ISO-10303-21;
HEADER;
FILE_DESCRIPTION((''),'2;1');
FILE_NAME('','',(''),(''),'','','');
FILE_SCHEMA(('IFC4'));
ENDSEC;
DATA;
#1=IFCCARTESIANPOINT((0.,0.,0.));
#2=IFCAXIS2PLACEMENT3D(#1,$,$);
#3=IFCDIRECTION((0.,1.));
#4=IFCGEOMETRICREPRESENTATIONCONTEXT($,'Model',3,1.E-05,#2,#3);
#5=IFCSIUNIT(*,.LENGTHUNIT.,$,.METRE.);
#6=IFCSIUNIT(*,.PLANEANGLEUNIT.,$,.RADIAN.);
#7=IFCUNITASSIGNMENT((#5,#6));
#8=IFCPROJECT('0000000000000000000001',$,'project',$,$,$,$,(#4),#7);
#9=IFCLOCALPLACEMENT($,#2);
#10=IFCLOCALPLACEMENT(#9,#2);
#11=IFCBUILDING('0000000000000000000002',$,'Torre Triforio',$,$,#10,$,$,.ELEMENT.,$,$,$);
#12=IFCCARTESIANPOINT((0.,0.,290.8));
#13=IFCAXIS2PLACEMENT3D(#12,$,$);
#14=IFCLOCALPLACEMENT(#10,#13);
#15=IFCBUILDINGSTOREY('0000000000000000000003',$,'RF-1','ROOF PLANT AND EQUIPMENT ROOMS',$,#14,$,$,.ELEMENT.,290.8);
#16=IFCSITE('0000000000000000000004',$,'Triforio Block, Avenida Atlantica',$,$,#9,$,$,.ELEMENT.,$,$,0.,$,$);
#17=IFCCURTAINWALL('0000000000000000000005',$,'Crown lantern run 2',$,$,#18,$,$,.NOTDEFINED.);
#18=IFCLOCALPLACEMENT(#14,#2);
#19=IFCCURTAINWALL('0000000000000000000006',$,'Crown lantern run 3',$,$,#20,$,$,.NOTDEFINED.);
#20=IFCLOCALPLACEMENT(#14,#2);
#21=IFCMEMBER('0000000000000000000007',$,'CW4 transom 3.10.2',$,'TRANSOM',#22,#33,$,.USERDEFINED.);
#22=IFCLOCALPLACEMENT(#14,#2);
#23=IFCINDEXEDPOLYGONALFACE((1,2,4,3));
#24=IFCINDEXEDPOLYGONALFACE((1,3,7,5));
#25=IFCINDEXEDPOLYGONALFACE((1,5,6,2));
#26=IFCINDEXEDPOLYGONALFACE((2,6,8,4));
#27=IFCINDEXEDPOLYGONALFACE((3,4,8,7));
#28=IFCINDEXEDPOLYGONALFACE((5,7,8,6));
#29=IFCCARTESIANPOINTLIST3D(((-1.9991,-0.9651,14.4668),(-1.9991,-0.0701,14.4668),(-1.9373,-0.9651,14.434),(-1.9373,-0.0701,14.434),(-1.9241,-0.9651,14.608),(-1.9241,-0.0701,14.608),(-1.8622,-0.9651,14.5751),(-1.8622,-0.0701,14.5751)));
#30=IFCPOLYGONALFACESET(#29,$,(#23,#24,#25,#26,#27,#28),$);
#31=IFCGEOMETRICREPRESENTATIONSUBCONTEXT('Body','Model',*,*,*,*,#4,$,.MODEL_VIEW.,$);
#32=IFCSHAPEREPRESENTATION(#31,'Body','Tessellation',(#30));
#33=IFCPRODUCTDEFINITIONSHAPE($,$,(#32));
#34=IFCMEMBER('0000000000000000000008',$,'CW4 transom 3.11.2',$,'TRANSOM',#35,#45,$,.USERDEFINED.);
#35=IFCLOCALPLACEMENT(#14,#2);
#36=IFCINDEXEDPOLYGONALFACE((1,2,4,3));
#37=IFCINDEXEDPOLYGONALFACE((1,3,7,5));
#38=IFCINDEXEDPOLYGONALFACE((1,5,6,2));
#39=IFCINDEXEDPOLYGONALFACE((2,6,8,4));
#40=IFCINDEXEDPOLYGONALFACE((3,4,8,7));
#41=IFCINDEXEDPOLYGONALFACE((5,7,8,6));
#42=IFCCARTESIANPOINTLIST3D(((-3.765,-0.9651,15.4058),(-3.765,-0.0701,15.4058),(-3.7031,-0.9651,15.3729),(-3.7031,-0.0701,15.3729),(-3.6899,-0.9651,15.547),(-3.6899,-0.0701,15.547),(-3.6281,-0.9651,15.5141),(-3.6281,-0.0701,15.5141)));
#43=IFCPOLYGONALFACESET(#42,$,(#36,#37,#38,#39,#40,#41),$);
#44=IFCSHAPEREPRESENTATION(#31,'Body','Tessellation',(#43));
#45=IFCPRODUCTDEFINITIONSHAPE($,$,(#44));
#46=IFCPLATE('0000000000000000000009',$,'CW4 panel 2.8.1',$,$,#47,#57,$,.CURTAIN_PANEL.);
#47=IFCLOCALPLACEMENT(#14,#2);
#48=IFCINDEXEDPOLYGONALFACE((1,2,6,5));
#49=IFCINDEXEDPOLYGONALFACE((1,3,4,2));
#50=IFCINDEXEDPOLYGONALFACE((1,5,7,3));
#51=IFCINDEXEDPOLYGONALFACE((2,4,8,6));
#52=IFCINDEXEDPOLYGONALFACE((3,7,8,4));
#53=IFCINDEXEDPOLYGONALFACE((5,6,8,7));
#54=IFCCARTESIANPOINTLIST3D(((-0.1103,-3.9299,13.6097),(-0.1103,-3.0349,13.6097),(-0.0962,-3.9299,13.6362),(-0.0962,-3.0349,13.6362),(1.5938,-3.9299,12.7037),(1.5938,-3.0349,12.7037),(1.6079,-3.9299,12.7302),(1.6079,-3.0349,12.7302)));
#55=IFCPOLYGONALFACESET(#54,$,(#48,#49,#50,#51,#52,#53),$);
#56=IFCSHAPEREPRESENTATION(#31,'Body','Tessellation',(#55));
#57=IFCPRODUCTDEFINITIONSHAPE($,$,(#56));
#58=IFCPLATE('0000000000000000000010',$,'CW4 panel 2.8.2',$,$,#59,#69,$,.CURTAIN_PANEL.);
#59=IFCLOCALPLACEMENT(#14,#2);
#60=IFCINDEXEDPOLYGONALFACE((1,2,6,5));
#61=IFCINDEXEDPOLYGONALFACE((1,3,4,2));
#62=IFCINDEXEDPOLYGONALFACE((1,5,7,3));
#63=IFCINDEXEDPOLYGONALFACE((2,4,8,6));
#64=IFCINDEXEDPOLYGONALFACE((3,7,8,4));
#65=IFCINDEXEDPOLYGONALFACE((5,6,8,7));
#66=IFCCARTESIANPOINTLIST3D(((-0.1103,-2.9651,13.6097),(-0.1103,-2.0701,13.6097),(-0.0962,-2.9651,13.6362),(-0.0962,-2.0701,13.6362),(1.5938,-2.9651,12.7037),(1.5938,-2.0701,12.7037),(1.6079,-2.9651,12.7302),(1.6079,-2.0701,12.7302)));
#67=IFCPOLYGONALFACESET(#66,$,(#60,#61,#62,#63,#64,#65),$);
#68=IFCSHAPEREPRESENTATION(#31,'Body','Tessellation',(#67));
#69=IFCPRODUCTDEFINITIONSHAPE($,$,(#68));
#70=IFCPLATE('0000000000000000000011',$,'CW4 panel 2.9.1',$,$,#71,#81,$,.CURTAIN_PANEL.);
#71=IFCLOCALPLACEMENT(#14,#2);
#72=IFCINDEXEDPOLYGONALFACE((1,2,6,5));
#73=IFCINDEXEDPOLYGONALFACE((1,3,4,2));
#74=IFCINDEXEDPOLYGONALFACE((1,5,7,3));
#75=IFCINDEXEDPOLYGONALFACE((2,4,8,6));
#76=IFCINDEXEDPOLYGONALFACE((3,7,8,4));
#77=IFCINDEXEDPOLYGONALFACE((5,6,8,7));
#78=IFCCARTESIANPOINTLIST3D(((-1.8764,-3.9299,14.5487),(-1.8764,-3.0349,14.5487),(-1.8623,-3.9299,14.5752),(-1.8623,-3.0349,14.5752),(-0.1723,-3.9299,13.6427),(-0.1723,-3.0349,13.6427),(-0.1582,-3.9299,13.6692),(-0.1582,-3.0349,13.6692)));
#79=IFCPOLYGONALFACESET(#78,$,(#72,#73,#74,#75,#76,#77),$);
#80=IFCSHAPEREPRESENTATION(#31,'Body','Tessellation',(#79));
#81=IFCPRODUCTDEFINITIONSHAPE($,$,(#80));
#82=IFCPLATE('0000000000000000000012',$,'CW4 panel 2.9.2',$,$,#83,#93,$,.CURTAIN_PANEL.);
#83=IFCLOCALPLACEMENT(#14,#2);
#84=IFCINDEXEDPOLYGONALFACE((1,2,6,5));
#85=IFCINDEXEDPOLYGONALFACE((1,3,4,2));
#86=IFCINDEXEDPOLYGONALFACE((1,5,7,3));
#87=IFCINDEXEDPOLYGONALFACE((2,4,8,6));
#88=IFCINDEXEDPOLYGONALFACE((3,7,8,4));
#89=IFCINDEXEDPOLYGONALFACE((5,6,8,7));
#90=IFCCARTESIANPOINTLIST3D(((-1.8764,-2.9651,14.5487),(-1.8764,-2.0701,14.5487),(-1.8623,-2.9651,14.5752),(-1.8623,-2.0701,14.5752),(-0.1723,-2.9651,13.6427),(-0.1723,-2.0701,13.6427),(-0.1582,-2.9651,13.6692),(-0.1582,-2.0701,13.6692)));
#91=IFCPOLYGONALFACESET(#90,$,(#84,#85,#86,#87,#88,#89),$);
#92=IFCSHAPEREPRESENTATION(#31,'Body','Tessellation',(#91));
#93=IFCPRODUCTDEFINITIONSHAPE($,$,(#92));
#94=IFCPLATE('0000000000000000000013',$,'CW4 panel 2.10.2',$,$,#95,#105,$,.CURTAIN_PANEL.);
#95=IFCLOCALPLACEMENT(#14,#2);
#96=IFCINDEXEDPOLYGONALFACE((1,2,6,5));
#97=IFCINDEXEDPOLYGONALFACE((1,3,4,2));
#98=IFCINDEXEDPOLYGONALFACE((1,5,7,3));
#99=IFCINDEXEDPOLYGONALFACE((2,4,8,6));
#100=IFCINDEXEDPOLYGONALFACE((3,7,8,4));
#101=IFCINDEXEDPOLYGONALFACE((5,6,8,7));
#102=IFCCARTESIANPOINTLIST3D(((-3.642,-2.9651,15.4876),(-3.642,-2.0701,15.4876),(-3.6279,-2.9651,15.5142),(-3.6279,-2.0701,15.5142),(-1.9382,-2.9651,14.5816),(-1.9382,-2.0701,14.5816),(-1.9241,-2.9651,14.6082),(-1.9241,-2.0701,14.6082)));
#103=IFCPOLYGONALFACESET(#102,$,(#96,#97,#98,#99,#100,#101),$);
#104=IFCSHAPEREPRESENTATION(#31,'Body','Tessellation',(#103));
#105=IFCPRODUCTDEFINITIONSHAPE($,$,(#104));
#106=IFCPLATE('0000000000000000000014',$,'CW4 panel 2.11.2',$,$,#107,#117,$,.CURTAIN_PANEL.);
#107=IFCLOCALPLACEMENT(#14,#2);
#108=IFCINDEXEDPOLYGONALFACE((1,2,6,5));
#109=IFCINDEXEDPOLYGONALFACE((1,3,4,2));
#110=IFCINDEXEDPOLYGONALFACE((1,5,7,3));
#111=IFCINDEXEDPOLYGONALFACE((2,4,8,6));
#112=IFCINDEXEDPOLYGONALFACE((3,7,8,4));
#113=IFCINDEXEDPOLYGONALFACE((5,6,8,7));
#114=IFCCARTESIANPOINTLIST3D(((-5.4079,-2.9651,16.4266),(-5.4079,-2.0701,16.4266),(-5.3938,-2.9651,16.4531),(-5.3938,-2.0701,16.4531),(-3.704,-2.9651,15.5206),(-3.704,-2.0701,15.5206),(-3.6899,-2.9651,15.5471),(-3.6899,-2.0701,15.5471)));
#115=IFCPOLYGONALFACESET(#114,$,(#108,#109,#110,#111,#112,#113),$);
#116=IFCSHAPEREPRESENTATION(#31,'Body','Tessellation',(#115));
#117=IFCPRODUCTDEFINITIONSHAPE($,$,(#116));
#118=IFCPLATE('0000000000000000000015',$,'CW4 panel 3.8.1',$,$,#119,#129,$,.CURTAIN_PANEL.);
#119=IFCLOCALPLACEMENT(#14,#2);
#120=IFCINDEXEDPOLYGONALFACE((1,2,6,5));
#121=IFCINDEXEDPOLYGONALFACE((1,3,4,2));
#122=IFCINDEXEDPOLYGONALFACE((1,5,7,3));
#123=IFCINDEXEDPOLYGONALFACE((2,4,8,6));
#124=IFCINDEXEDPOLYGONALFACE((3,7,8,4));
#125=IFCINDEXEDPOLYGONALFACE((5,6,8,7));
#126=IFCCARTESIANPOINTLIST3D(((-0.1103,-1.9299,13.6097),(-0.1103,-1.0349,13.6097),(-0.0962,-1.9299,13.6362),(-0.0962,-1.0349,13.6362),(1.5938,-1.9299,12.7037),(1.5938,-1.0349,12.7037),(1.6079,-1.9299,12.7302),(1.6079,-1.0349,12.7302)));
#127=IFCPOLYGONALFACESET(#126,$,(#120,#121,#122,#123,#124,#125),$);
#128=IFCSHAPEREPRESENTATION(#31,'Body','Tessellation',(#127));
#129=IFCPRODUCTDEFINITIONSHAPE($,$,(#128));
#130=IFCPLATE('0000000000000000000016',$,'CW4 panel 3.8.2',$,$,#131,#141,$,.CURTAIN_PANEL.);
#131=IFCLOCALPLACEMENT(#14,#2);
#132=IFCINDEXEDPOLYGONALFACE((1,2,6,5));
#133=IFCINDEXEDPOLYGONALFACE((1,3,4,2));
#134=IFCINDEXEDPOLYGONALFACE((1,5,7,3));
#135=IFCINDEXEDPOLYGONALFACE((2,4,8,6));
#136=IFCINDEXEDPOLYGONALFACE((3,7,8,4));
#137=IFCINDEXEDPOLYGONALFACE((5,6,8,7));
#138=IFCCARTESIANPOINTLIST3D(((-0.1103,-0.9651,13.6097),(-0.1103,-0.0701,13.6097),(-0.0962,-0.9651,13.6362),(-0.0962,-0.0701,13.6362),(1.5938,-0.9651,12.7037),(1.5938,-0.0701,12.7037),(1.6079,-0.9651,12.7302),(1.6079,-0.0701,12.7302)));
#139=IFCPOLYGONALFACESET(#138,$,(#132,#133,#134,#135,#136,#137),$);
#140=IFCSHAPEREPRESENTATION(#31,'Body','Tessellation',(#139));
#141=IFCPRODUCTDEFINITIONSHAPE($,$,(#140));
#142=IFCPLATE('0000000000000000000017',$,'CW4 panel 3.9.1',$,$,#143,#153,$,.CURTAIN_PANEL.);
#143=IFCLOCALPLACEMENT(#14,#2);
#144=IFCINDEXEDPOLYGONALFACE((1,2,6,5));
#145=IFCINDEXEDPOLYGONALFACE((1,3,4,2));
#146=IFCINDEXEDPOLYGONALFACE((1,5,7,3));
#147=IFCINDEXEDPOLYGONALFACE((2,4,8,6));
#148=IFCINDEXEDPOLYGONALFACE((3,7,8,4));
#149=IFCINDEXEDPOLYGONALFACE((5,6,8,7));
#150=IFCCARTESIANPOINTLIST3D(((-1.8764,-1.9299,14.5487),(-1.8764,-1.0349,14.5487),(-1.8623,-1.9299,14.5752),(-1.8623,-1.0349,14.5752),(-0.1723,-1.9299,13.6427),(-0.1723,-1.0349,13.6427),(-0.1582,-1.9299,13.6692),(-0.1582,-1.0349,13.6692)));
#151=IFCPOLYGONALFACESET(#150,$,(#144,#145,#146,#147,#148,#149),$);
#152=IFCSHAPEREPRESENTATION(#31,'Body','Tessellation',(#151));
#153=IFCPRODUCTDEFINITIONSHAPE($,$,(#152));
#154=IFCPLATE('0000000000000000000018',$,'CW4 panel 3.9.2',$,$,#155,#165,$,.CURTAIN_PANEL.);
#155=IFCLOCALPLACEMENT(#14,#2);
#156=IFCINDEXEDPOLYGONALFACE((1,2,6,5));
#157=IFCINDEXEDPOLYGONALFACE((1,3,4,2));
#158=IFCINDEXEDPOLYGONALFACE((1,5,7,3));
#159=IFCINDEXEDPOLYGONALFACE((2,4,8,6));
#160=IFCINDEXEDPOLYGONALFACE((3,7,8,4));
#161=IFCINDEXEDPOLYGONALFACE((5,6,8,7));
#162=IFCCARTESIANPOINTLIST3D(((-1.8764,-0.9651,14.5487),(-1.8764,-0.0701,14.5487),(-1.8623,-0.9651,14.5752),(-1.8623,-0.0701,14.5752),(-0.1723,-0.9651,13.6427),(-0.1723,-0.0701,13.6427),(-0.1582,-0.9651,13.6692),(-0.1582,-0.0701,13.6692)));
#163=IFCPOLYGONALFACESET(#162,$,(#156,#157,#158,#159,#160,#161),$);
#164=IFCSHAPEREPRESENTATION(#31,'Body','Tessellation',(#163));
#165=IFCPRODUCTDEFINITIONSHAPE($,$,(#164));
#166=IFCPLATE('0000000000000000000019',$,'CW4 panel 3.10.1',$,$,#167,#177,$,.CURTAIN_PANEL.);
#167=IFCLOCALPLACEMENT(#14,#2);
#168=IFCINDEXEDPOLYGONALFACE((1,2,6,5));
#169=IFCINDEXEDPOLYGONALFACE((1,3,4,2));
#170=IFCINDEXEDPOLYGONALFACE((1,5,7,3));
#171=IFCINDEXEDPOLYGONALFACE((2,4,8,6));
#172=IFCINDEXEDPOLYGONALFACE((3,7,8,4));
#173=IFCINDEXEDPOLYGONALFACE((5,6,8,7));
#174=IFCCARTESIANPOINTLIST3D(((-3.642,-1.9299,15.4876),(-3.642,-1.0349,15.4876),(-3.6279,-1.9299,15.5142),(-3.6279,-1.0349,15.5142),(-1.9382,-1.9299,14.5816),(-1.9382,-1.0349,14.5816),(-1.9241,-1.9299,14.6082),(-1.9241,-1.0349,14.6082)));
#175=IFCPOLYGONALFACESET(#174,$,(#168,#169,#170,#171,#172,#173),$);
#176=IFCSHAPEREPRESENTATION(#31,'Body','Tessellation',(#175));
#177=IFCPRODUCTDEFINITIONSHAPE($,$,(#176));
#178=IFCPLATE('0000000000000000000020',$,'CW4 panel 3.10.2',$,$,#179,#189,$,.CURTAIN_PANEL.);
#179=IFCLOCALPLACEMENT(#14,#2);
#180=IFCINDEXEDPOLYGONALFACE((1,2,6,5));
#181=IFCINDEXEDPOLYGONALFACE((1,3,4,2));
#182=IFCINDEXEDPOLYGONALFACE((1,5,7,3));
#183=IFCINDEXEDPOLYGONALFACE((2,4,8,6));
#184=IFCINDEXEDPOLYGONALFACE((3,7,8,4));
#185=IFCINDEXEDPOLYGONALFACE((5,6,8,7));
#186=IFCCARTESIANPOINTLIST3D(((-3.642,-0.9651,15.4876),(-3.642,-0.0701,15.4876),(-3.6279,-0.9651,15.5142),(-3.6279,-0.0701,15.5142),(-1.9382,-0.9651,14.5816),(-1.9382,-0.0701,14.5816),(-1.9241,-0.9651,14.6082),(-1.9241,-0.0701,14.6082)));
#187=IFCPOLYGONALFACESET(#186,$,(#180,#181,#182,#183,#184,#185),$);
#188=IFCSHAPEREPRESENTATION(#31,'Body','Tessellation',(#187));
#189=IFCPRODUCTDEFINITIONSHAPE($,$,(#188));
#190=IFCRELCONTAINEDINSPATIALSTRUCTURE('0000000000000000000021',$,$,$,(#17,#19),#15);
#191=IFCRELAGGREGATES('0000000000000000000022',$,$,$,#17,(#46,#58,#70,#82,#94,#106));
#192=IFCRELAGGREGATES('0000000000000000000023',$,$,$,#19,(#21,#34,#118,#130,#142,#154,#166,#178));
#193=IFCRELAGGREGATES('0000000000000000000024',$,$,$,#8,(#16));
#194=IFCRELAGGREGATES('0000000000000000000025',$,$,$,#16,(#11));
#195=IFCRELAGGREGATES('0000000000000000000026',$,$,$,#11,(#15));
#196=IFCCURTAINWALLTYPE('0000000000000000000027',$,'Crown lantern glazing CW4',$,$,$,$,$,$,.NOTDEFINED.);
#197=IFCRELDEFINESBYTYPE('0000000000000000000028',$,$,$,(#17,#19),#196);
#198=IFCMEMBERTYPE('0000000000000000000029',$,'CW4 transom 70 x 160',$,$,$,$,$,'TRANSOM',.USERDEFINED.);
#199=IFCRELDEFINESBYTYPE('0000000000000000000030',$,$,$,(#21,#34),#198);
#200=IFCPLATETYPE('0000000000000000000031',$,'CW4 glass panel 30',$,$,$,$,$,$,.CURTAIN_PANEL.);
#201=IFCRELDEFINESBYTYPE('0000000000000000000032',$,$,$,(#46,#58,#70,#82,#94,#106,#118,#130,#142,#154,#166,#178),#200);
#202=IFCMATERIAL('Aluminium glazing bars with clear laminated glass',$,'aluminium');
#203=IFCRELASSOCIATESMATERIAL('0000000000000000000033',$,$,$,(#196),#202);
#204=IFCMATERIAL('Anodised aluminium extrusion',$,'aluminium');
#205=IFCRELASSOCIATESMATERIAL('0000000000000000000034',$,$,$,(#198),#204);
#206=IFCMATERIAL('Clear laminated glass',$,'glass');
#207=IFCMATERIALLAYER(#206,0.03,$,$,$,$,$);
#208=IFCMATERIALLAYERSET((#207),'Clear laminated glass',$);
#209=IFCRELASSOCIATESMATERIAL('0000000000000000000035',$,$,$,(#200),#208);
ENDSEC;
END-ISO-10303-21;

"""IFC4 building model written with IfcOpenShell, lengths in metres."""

from ifc_helpers import new_model, si_unit, direction, frame, origin, origin_2d, place, context, subcontext, project, spatial, polyline, rectangle, outline, extrude, material, layer, layer_set, material_profile, profile_set, type_object, element, aggregate, save


model = new_model("IFC4")

# Units and contexts
model_context = context("Model", 3, precision=1e-05, world=origin(), true_north=direction((0.0, 1.0)))
body_context = subcontext(model_context, "Body", "Model", "MODEL_VIEW")
ifc_project = project(units=[si_unit("LENGTHUNIT", "METRE"), si_unit("PLANEANGLEUNIT", "RADIAN")], contexts=[model_context])

# Site, building, storey
site_placement = place(None, origin())
site = spatial("IfcSite", under=ifc_project, at=site_placement, Name="Triforio Block, Avenida Atlantica", CompositionType="ELEMENT", RefElevation=0.0)
building_placement = place(site_placement, origin())
building = spatial("IfcBuilding", under=site, at=building_placement, Name="Torre Triforio", CompositionType="ELEMENT")
storey_placement = place(building_placement, frame((0.0, 0.0, 290.8)))
storey = spatial("IfcBuildingStorey", under=building, at=storey_placement, Name="RF-1", Description="ROOF PLANT AND EQUIPMENT ROOMS", CompositionType="ELEMENT", Elevation=290.8)

# Curtain walls
ifc_material_1 = material(Name="Aluminium glazing bars with clear laminated glass", Category="aluminium")
curtain_wall_type = type_object("IfcCurtainWallType", Name="Crown lantern glazing CW4", PredefinedType="NOTDEFINED", material=ifc_material_1)
curtain_wall_1_placement = place(storey_placement, origin())
curtain_wall_1 = element("IfcCurtainWall", 1, at=curtain_wall_1_placement, inside=storey, type_object=curtain_wall_type, Name="Crown lantern run 2", PredefinedType="NOTDEFINED")
ifc_material_2 = material(Name="Anodised aluminium extrusion", Category="aluminium")
curtain_wall_2_placement = place(storey_placement, origin())
curtain_wall_2 = element("IfcCurtainWall", 2, at=curtain_wall_2_placement, inside=storey, type_object=curtain_wall_type, Name="Crown lantern run 3", PredefinedType="NOTDEFINED")

# Members
ifc_material_profile_1 = material_profile(ifc_material_2, rectangle(XDim=0.0701, YDim=0.1599, at=origin_2d()), Name="CW4 TRANSOM 70x160")
ifc_profile_set_1 = profile_set([ifc_material_profile_1], Name="Anodised aluminium extrusion")
member_type_1 = type_object("IfcMemberType", Name="CW4 transom 70 x 160", ElementType="TRANSOM", PredefinedType="USERDEFINED", material=ifc_profile_set_1)
member_1_placement = place(storey_placement, frame((-1.9307, -0.9651, 14.521), z_axis=(0.0, 1.0, 0.0), x_axis=(-0.882948, 0.0, 0.469472)))
member_1 = element("IfcMember", 3, at=member_1_placement, type_object=member_type_1, Name="CW4 transom 3.10.2", ObjectType="TRANSOM", PredefinedType="USERDEFINED", context=body_context, shape_type="SweptSolid", body=[
    extrude(rectangle(XDim=0.0701, YDim=0.1599, at=origin_2d()), origin(), (0.0, 0.0, 1.0), 0.895),
])
member_2_placement = place(storey_placement, frame((-3.6965, -0.9651, 15.46), z_axis=(0.0, 1.0, 0.0), x_axis=(-0.882948, 0.0, 0.469472)))
member_2 = element("IfcMember", 4, at=member_2_placement, type_object=member_type_1, Name="CW4 transom 3.11.2", ObjectType="TRANSOM", PredefinedType="USERDEFINED", context=body_context, shape_type="SweptSolid", body=[
    extrude(rectangle(XDim=0.0701, YDim=0.1599, at=origin_2d()), origin(), (0.0, 0.0, 1.0), 0.895),
])

# Plates
ifc_material_3 = material(Name="Clear laminated glass", Category="glass")
ifc_layer = layer(ifc_material_3, 0.03)
ifc_layer_set = layer_set([ifc_layer], Name="Clear laminated glass")
plate_type = type_object("IfcPlateType", Name="CW4 glass panel 30", PredefinedType="CURTAIN_PANEL", material=ifc_layer_set)
plate_1_placement = place(storey_placement, frame((1.6079, -3.9299, 12.7302), z_axis=(0.469439, 0.0, 0.882965), x_axis=(0.0, 1.0, 0.0)))
plate_1 = element("IfcPlate", 5, at=plate_1_placement, type_object=plate_type, Name="CW4 panel 2.8.1", PredefinedType="CURTAIN_PANEL", context=body_context, shape_type="SweptSolid", body=[
    extrude(outline(polyline([(0.0, 0.0), (0.895, 0.0), (0.895, 1.93), (0.0, 1.93), (0.0, 0.0)])), origin(), (0.0, 0.0, -1.0), 0.03),
])
plate_2_placement = place(storey_placement, frame((1.6079, -2.9651, 12.7302), z_axis=(0.469439, 0.0, 0.882965), x_axis=(0.0, 1.0, 0.0)))
plate_2 = element("IfcPlate", 6, at=plate_2_placement, type_object=plate_type, Name="CW4 panel 2.8.2", PredefinedType="CURTAIN_PANEL", context=body_context, shape_type="SweptSolid", body=[
    extrude(outline(polyline([(0.0, 0.0), (0.895, 0.0), (0.895, 1.93), (0.0, 1.93), (0.0, 0.0)])), origin(), (0.0, 0.0, -1.0), 0.03),
])
plate_3_placement = place(storey_placement, frame((-0.1582, -3.9299, 13.6692), z_axis=(0.469439, 0.0, 0.882965), x_axis=(0.0, 1.0, 0.0)))
plate_3 = element("IfcPlate", 7, at=plate_3_placement, type_object=plate_type, Name="CW4 panel 2.9.1", PredefinedType="CURTAIN_PANEL", context=body_context, shape_type="SweptSolid", body=[
    extrude(outline(polyline([(0.0, 0.0), (0.895, 0.0), (0.895, 1.93), (0.0, 1.93), (0.0, 0.0)])), origin(), (0.0, 0.0, -1.0), 0.03),
])
plate_4_placement = place(storey_placement, frame((-0.1582, -2.9651, 13.6692), z_axis=(0.469439, 0.0, 0.882965), x_axis=(0.0, 1.0, 0.0)))
plate_4 = element("IfcPlate", 8, at=plate_4_placement, type_object=plate_type, Name="CW4 panel 2.9.2", PredefinedType="CURTAIN_PANEL", context=body_context, shape_type="SweptSolid", body=[
    extrude(outline(polyline([(0.0, 0.0), (0.895, 0.0), (0.895, 1.93), (0.0, 1.93), (0.0, 0.0)])), origin(), (0.0, 0.0, -1.0), 0.03),
])
plate_5_placement = place(storey_placement, frame((-1.9241, -2.9651, 14.6082), z_axis=(0.469491, 0.0, 0.882937), x_axis=(0.0, 1.0, 0.0)))
plate_5 = element("IfcPlate", 9, at=plate_5_placement, type_object=plate_type, Name="CW4 panel 2.10.2", PredefinedType="CURTAIN_PANEL", context=body_context, shape_type="SweptSolid", body=[
    extrude(outline(polyline([(0.0, 0.0), (0.895, 0.0), (0.895, 1.9298), (0.0, 1.9298), (0.0, 0.0)])), origin(), (0.0, 0.0, -1.0), 0.03),
])
plate_6_placement = place(storey_placement, frame((-3.6899, -2.9651, 15.5471), z_axis=(0.469491, 0.0, 0.882937), x_axis=(0.0, 1.0, 0.0)))
plate_6 = element("IfcPlate", 10, at=plate_6_placement, type_object=plate_type, Name="CW4 panel 2.11.2", PredefinedType="CURTAIN_PANEL", context=body_context, shape_type="SweptSolid", body=[
    extrude(outline(polyline([(0.0, 0.0), (0.895, 0.0), (0.895, 1.9298), (0.0, 1.9298), (0.0, 0.0)])), origin(), (0.0, 0.0, -1.0), 0.03),
])
aggregate(curtain_wall_1, [plate_1, plate_2, plate_3, plate_4, plate_5, plate_6])
plate_7_placement = place(storey_placement, frame((1.6079, -1.9299, 12.7302), z_axis=(0.469439, 0.0, 0.882965), x_axis=(0.0, 1.0, 0.0)))
plate_7 = element("IfcPlate", 11, at=plate_7_placement, type_object=plate_type, Name="CW4 panel 3.8.1", PredefinedType="CURTAIN_PANEL", context=body_context, shape_type="SweptSolid", body=[
    extrude(outline(polyline([(0.0, 0.0), (0.895, 0.0), (0.895, 1.93), (0.0, 1.93), (0.0, 0.0)])), origin(), (0.0, 0.0, -1.0), 0.03),
])
plate_8_placement = place(storey_placement, frame((1.6079, -0.9651, 12.7302), z_axis=(0.469439, 0.0, 0.882965), x_axis=(0.0, 1.0, 0.0)))
plate_8 = element("IfcPlate", 12, at=plate_8_placement, type_object=plate_type, Name="CW4 panel 3.8.2", PredefinedType="CURTAIN_PANEL", context=body_context, shape_type="SweptSolid", body=[
    extrude(outline(polyline([(0.0, 0.0), (0.895, 0.0), (0.895, 1.93), (0.0, 1.93), (0.0, 0.0)])), origin(), (0.0, 0.0, -1.0), 0.03),
])
plate_9_placement = place(storey_placement, frame((-0.1582, -1.9299, 13.6692), z_axis=(0.469439, 0.0, 0.882965), x_axis=(0.0, 1.0, 0.0)))
plate_9 = element("IfcPlate", 13, at=plate_9_placement, type_object=plate_type, Name="CW4 panel 3.9.1", PredefinedType="CURTAIN_PANEL", context=body_context, shape_type="SweptSolid", body=[
    extrude(outline(polyline([(0.0, 0.0), (0.895, 0.0), (0.895, 1.93), (0.0, 1.93), (0.0, 0.0)])), origin(), (0.0, 0.0, -1.0), 0.03),
])
plate_10_placement = place(storey_placement, frame((-0.1582, -0.9651, 13.6692), z_axis=(0.469439, 0.0, 0.882965), x_axis=(0.0, 1.0, 0.0)))
plate_10 = element("IfcPlate", 14, at=plate_10_placement, type_object=plate_type, Name="CW4 panel 3.9.2", PredefinedType="CURTAIN_PANEL", context=body_context, shape_type="SweptSolid", body=[
    extrude(outline(polyline([(0.0, 0.0), (0.895, 0.0), (0.895, 1.93), (0.0, 1.93), (0.0, 0.0)])), origin(), (0.0, 0.0, -1.0), 0.03),
])
plate_11_placement = place(storey_placement, frame((-1.9241, -1.9299, 14.6082), z_axis=(0.469491, 0.0, 0.882937), x_axis=(0.0, 1.0, 0.0)))
plate_11 = element("IfcPlate", 15, at=plate_11_placement, type_object=plate_type, Name="CW4 panel 3.10.1", PredefinedType="CURTAIN_PANEL", context=body_context, shape_type="SweptSolid", body=[
    extrude(outline(polyline([(0.0, 0.0), (0.895, 0.0), (0.895, 1.9298), (0.0, 1.9298), (0.0, 0.0)])), origin(), (0.0, 0.0, -1.0), 0.03),
])
plate_12_placement = place(storey_placement, frame((-1.9241, -0.9651, 14.6082), z_axis=(0.469491, 0.0, 0.882937), x_axis=(0.0, 1.0, 0.0)))
plate_12 = element("IfcPlate", 16, at=plate_12_placement, type_object=plate_type, Name="CW4 panel 3.10.2", PredefinedType="CURTAIN_PANEL", context=body_context, shape_type="SweptSolid", body=[
    extrude(outline(polyline([(0.0, 0.0), (0.895, 0.0), (0.895, 1.9298), (0.0, 1.9298), (0.0, 0.0)])), origin(), (0.0, 0.0, -1.0), 0.03),
])
aggregate(curtain_wall_2, [member_1, member_2, plate_7, plate_8, plate_9, plate_10, plate_11, plate_12])

save(model, "model.ifc")
